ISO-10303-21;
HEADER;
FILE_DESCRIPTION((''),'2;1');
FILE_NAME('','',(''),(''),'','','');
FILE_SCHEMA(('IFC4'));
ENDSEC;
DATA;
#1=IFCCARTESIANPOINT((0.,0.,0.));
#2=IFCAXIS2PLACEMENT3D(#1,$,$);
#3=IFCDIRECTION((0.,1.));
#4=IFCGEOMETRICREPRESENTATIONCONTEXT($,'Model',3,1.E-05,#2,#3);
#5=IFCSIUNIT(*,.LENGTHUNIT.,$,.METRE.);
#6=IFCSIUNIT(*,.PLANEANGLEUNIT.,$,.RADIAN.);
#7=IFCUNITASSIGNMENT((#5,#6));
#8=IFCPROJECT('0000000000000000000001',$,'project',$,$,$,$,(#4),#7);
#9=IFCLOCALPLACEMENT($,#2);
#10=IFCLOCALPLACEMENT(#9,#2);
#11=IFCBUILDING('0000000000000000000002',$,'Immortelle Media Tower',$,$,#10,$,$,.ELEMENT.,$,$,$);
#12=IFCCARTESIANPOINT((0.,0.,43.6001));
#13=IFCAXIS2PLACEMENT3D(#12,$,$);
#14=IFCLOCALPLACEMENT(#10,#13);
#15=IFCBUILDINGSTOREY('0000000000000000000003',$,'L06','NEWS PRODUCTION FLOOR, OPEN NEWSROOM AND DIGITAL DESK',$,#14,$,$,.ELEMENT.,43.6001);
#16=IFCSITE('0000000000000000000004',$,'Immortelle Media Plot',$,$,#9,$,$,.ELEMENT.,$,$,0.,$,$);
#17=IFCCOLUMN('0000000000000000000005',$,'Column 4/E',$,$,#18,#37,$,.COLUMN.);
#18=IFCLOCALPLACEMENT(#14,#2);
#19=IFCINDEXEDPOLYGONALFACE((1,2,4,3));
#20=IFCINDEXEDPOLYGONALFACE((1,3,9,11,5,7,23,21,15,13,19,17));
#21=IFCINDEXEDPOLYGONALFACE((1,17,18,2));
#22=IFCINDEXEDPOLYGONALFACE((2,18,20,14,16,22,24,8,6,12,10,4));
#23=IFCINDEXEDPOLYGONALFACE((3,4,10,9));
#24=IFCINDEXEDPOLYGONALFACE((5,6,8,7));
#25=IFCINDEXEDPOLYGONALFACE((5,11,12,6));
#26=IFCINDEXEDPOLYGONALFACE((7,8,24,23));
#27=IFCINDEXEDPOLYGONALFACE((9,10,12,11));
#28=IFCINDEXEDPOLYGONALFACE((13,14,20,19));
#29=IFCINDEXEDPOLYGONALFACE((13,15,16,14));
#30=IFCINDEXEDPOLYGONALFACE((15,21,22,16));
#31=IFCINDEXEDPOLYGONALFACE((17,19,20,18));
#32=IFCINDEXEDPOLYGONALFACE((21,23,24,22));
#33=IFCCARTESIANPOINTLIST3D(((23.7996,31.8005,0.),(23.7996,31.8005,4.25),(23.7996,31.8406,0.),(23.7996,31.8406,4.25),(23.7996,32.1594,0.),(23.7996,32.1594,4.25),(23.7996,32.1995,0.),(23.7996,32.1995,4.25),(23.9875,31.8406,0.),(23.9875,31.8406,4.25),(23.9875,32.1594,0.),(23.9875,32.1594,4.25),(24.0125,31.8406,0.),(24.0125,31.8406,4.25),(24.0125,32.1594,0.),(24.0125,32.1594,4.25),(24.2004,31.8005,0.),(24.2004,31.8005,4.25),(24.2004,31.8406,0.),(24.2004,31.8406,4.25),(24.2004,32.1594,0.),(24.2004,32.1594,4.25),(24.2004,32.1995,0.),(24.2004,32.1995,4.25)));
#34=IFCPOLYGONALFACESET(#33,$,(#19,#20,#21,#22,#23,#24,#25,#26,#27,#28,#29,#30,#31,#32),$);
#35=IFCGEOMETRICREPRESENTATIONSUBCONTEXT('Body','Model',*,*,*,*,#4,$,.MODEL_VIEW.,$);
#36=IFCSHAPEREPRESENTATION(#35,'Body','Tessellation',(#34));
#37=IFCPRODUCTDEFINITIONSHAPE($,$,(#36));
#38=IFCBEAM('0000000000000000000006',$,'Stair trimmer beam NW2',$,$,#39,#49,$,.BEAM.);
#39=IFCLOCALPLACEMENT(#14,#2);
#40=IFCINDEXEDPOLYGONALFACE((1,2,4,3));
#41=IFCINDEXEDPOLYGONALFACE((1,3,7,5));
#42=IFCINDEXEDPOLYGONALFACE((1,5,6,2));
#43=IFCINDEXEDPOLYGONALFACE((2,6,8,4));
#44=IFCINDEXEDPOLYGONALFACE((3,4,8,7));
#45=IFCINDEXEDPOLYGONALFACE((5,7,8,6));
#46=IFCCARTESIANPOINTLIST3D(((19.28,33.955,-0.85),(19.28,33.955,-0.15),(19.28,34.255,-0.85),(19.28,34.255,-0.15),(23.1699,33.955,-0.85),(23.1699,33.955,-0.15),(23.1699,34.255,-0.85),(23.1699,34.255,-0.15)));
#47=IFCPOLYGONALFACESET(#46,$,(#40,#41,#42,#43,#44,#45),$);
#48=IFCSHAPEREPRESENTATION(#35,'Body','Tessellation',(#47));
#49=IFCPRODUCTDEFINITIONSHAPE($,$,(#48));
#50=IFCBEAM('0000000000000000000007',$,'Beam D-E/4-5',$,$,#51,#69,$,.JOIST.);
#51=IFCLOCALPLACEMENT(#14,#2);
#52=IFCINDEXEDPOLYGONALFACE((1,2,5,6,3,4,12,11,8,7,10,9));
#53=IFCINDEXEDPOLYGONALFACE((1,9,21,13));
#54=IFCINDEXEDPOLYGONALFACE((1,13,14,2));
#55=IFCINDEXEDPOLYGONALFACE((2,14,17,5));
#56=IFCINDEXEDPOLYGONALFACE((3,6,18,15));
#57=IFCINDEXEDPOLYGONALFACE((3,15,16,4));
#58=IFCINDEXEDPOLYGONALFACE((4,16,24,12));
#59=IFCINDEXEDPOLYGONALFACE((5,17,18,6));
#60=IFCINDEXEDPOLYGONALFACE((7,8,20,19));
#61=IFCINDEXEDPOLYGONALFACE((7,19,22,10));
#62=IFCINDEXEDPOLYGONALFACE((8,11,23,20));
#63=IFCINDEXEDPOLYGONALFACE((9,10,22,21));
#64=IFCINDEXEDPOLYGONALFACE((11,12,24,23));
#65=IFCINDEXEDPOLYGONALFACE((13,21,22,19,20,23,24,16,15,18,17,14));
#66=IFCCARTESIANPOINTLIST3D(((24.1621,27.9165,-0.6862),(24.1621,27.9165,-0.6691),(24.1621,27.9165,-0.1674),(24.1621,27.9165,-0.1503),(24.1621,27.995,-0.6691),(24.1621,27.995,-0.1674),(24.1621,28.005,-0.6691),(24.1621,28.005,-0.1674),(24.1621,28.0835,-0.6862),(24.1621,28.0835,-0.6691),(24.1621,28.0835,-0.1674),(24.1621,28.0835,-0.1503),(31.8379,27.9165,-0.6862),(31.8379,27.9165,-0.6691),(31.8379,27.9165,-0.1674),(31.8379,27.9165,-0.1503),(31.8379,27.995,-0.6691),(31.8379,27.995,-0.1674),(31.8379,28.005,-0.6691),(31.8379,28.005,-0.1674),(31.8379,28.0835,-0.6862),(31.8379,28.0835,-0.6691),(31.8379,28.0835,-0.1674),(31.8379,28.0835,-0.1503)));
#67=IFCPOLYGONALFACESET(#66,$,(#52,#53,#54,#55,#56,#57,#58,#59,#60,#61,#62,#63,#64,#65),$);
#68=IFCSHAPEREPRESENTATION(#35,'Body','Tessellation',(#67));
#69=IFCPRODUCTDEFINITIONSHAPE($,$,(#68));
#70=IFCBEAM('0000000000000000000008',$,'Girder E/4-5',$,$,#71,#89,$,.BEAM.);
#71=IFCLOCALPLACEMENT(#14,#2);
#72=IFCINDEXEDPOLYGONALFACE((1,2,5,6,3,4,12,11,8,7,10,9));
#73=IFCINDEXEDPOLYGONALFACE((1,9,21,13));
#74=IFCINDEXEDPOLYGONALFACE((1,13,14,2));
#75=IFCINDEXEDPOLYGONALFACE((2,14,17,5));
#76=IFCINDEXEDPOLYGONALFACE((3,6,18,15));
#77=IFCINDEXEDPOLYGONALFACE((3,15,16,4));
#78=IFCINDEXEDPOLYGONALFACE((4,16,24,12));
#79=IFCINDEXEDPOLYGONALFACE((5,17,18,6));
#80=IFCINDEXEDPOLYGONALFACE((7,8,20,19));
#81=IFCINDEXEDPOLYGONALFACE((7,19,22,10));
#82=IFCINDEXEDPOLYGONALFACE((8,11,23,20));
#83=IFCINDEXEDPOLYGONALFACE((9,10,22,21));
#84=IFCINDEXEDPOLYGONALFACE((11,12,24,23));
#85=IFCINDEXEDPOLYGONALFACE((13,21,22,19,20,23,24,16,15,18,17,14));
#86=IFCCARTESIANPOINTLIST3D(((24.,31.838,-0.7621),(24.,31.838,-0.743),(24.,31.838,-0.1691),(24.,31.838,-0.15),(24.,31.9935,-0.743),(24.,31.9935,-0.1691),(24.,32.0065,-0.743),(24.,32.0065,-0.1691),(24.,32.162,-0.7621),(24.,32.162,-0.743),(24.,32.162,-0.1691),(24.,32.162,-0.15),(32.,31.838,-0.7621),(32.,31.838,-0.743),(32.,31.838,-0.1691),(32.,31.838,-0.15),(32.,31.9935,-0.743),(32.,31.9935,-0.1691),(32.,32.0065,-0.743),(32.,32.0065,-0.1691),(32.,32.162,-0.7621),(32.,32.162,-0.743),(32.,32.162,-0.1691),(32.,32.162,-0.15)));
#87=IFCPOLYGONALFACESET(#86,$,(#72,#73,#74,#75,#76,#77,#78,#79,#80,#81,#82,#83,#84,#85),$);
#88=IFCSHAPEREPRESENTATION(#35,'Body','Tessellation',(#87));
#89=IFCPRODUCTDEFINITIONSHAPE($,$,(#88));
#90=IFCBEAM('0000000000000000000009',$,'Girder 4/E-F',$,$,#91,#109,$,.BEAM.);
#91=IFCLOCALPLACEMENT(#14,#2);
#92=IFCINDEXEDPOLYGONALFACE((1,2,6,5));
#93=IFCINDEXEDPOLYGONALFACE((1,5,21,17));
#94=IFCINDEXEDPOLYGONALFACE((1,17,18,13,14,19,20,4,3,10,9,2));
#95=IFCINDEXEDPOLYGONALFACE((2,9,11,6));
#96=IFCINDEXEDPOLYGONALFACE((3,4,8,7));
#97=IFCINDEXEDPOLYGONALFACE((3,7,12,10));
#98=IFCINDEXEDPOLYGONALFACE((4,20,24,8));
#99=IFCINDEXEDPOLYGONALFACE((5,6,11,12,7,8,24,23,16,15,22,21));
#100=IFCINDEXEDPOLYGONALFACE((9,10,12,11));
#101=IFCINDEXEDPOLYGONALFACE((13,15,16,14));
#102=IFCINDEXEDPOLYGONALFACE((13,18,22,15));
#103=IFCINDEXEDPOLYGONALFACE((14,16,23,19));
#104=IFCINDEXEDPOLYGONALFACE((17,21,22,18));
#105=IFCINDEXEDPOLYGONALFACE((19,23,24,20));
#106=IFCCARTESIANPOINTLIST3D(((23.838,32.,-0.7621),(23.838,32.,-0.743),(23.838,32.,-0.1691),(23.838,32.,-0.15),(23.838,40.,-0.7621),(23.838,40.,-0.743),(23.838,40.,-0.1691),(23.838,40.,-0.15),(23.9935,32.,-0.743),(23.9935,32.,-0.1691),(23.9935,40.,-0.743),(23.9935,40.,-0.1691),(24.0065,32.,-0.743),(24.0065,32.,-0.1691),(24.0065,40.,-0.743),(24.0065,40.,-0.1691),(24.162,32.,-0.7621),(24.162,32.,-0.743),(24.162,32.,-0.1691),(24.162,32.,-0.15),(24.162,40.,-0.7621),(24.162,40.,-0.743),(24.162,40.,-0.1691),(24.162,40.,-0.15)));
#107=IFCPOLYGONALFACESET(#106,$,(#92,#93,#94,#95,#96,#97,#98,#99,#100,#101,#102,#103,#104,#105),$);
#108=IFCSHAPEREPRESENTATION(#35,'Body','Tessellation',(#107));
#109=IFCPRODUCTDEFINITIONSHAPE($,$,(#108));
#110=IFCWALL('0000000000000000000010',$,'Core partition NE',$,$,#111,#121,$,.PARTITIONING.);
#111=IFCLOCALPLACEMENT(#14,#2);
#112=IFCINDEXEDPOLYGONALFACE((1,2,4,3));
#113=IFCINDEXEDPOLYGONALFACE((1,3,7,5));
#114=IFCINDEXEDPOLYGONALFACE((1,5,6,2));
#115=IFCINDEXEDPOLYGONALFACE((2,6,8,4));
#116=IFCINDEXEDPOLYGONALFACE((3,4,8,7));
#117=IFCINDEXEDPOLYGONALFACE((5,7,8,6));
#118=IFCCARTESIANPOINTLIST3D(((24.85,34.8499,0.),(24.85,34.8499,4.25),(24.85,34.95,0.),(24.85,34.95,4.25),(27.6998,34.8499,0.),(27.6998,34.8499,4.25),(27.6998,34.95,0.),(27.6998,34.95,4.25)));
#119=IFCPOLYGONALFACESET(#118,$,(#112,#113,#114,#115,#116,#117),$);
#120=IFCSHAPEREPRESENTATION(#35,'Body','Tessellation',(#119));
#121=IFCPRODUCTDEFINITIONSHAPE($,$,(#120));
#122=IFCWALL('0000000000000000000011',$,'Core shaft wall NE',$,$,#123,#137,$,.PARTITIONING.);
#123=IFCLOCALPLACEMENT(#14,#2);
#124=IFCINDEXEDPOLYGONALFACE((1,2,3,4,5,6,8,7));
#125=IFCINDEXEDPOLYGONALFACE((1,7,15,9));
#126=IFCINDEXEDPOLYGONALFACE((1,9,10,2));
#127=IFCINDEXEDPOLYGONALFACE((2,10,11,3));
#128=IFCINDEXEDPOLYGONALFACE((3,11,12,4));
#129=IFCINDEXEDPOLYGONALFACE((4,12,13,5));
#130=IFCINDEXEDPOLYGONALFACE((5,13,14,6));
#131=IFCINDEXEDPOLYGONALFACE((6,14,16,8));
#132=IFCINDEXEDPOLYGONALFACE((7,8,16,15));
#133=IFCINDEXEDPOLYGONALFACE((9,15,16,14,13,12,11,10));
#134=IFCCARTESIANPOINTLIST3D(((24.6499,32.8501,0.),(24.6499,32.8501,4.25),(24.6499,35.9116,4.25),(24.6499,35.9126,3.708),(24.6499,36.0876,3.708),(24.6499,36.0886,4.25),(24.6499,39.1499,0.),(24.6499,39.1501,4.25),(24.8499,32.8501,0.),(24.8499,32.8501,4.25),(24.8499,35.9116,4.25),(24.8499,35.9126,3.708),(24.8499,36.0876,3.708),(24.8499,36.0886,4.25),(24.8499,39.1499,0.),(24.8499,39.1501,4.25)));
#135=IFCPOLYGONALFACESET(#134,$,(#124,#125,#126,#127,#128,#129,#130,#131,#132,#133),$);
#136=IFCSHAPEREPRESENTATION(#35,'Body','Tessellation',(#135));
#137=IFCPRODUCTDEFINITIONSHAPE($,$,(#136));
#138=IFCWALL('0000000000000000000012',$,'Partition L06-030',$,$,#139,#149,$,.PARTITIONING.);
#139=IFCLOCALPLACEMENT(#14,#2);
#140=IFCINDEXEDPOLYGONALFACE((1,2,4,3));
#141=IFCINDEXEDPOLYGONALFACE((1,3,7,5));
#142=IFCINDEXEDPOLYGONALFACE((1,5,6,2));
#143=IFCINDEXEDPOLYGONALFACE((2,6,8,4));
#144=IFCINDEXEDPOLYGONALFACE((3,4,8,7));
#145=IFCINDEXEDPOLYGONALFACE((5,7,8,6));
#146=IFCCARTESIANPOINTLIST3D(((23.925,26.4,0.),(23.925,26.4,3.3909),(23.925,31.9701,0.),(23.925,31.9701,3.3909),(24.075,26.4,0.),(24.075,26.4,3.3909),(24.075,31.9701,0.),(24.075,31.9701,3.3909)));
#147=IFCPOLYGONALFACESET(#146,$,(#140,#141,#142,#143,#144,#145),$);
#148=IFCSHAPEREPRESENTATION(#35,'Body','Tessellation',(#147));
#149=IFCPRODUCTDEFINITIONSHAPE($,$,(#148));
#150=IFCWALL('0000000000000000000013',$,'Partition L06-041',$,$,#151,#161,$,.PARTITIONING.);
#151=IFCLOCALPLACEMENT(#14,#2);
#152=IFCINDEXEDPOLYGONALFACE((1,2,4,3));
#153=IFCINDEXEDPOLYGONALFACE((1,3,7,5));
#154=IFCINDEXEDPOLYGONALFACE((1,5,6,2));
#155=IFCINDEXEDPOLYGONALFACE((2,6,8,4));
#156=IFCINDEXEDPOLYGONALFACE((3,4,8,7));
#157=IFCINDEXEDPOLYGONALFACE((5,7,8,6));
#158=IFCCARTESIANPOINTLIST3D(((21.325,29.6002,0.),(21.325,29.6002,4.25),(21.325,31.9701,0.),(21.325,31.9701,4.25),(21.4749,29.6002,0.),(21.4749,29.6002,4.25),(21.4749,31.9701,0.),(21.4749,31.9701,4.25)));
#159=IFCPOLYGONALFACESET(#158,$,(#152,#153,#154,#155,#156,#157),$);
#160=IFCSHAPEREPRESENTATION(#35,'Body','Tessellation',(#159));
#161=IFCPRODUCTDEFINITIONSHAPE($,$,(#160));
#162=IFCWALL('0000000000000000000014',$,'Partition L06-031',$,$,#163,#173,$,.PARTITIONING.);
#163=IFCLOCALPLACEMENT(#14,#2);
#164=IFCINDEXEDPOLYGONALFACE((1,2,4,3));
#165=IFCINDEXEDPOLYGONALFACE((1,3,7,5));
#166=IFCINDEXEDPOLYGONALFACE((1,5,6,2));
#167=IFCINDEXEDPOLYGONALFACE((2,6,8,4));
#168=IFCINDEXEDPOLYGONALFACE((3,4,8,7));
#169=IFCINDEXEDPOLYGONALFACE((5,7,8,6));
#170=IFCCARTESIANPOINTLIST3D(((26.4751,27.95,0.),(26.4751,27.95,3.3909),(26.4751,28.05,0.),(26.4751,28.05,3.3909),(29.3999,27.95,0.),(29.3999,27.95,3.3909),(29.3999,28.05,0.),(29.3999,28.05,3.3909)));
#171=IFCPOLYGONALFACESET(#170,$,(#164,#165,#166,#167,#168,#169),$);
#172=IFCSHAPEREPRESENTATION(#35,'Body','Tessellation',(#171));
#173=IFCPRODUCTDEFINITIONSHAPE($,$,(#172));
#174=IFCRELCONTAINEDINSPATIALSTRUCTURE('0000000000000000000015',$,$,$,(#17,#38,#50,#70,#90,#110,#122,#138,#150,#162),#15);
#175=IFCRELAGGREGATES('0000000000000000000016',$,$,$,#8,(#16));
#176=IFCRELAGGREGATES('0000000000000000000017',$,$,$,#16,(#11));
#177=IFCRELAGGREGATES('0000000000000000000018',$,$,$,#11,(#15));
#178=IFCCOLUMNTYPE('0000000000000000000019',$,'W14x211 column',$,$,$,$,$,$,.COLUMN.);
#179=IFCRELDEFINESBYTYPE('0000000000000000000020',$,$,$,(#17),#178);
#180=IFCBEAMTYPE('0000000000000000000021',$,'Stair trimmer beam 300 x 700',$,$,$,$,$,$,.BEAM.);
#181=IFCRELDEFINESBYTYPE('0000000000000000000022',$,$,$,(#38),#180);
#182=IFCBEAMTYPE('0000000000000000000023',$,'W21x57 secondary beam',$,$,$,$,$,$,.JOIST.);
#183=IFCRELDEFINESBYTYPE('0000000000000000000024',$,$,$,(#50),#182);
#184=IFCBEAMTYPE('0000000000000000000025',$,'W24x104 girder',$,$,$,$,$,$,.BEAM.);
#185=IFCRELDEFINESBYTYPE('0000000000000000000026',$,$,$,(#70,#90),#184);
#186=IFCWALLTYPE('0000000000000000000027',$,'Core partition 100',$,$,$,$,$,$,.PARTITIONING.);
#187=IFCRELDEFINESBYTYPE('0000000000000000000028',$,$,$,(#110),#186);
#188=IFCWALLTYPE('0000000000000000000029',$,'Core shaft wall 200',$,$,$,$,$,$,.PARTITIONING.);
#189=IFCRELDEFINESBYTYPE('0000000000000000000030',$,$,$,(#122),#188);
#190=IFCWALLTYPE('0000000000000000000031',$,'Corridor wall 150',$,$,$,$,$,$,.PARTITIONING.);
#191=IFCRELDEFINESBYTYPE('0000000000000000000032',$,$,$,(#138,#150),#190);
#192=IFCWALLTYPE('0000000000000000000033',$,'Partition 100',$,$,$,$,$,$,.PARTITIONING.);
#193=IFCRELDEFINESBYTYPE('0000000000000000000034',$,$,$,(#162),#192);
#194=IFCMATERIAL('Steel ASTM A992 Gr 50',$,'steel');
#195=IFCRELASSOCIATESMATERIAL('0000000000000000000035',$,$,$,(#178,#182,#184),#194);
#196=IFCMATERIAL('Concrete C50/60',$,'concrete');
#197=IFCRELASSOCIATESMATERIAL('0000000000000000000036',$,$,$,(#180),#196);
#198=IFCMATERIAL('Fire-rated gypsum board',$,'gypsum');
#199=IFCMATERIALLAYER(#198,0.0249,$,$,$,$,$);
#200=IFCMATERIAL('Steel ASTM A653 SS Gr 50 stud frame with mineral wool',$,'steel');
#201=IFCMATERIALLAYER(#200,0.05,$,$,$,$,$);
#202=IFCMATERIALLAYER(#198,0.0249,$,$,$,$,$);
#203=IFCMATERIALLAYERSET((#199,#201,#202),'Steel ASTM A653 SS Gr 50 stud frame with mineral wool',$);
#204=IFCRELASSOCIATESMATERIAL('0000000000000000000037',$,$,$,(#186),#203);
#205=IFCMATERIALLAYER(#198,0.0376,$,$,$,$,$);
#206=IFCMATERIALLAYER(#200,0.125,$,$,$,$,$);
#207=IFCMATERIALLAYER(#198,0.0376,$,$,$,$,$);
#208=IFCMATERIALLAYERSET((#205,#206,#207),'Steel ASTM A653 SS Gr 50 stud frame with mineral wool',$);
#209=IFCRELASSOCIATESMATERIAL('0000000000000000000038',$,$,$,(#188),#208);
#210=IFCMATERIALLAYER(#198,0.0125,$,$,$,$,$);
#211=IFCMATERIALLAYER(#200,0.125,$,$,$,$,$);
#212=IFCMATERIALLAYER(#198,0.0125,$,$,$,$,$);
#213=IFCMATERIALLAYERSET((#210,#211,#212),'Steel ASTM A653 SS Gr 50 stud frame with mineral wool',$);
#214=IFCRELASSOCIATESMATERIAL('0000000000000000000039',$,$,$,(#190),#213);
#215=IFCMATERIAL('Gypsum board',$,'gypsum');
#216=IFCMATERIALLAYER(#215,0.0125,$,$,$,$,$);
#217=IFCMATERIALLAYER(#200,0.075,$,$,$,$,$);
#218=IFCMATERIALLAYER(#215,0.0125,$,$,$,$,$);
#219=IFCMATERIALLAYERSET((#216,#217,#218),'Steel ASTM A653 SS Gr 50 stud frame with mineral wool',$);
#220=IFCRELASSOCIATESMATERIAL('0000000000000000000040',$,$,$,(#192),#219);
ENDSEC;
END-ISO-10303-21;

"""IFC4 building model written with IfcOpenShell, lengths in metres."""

from ifc_helpers import new_model, si_unit, direction, frame, frame_2d, origin, origin_2d, place, context, subcontext, project, spatial, polyline, rectangle, i_section, outline, extrude, material, layer, layer_set, material_profile, profile_set, type_object, element, save


model = new_model("IFC4")

# Units and contexts
model_context = context("Model", 3, precision=1e-05, world=origin(), true_north=direction((0.0, 1.0)))
body_context = subcontext(model_context, "Body", "Model", "MODEL_VIEW")
ifc_project = project(units=[si_unit("LENGTHUNIT", "METRE"), si_unit("PLANEANGLEUNIT", "RADIAN")], contexts=[model_context])

# Site, building, storey
site_placement = place(None, origin())
site = spatial("IfcSite", under=ifc_project, at=site_placement, Name="Immortelle Media Plot", CompositionType="ELEMENT", RefElevation=0.0)
building_placement = place(site_placement, origin())
building = spatial("IfcBuilding", under=site, at=building_placement, Name="Immortelle Media Tower", CompositionType="ELEMENT")
storey_placement = place(building_placement, frame((0.0, 0.0, 43.6001)))
storey = spatial("IfcBuildingStorey", under=building, at=storey_placement, Name="L06", Description="NEWS PRODUCTION FLOOR, OPEN NEWSROOM AND DIGITAL DESK", CompositionType="ELEMENT", Elevation=43.6001)

# Column
ifc_material_1 = material(Name="Steel ASTM A992 Gr 50", Category="steel")
ifc_material_profile_1 = material_profile(ifc_material_1, i_section(OverallWidth=0.4009, OverallDepth=0.3989, WebThickness=0.0249, FlangeThickness=0.04, at=origin_2d()), Name="W14x211")
ifc_profile_set_1 = profile_set([ifc_material_profile_1], Name="Steel ASTM A992 Gr 50")
column_type = type_object("IfcColumnType", Name="W14x211 column", PredefinedType="COLUMN", material=ifc_profile_set_1)
column_placement = place(storey_placement, frame((24.0, 32.0, 0.0), z_axis=(0.0, 0.0, 1.0), x_axis=(1.0, 0.0, 0.0)))
element("IfcColumn", 1, at=column_placement, inside=storey, type_object=column_type, Name="Column 4/E", PredefinedType="COLUMN", context=body_context, shape_type="SweptSolid", body=[
    extrude(i_section(OverallWidth=0.4009, OverallDepth=0.3989, WebThickness=0.0249, FlangeThickness=0.04, at=origin_2d()), origin(), (0.0, 0.0, 1.0), 4.25),
])

# Beams
ifc_material_2 = material(Name="Concrete C50/60", Category="concrete")
ifc_material_profile_2 = material_profile(ifc_material_2, rectangle(XDim=0.3, YDim=0.7, at=origin_2d()), Name="RC 300x700")
ifc_profile_set_2 = profile_set([ifc_material_profile_2], Name="Concrete C50/60")
beam_type_1 = type_object("IfcBeamType", Name="Stair trimmer beam 300 x 700", PredefinedType="BEAM", material=ifc_profile_set_2)
beam_1_placement = place(storey_placement, frame((19.28, 34.105, -0.5), z_axis=(1.0, 0.0, 0.0), x_axis=(0.0, 1.0, 0.0)))
element("IfcBeam", 2, at=beam_1_placement, inside=storey, type_object=beam_type_1, Name="Stair trimmer beam NW2", PredefinedType="BEAM", context=body_context, shape_type="SweptSolid", body=[
    extrude(rectangle(XDim=0.3, YDim=0.7, at=origin_2d()), origin(), (0.0, 0.0, 1.0), 3.8899),
])
ifc_material_profile_3 = material_profile(ifc_material_1, i_section(OverallWidth=0.167, OverallDepth=0.5359, WebThickness=0.01, FlangeThickness=0.0171, at=origin_2d()), Name="W21x57")
ifc_profile_set_3 = profile_set([ifc_material_profile_3], Name="Steel ASTM A992 Gr 50")
beam_type_2 = type_object("IfcBeamType", Name="W21x57 secondary beam", PredefinedType="JOIST", material=ifc_profile_set_3)
beam_2_placement = place(storey_placement, frame((24.1621, 28.0, -0.4182), z_axis=(1.0, 0.0, 0.0), x_axis=(0.0, 1.0, 0.0)))
element("IfcBeam", 3, at=beam_2_placement, inside=storey, type_object=beam_type_2, Name="Beam D-E/4-5", PredefinedType="JOIST", context=body_context, shape_type="SweptSolid", body=[
    extrude(i_section(OverallWidth=0.167, OverallDepth=0.5359, WebThickness=0.01, FlangeThickness=0.0171, at=origin_2d()), origin(), (0.0, 0.0, 1.0), 7.6758),
])
ifc_material_profile_4 = material_profile(ifc_material_1, i_section(OverallWidth=0.324, OverallDepth=0.6121, WebThickness=0.0129, FlangeThickness=0.019, at=origin_2d()), Name="W24x104")
ifc_profile_set_4 = profile_set([ifc_material_profile_4], Name="Steel ASTM A992 Gr 50")
beam_type_3 = type_object("IfcBeamType", Name="W24x104 girder", PredefinedType="BEAM", material=ifc_profile_set_4)
for number, where, z_axis, x_axis, name in (
    (4, (24.0, 32.0, -0.4561), (1.0, 0.0, 0.0), (0.0, 1.0, 0.0), "Girder E/4-5"),
    (5, (24.0, 32.0, -0.4561), (0.0, 1.0, 0.0), (-1.0, 0.0, 0.0), "Girder 4/E-F"),
):
    element("IfcBeam", number, at=place(storey_placement, frame(where, z_axis=z_axis, x_axis=x_axis)), inside=storey, type_object=beam_type_3, Name=name, PredefinedType="BEAM", context=body_context, shape_type="SweptSolid", body=[
        extrude(i_section(OverallWidth=0.324, OverallDepth=0.6121, WebThickness=0.0129, FlangeThickness=0.019, at=origin_2d()), origin(), (0.0, 0.0, 1.0), 8.0),
    ])

# Walls
ifc_material_3 = material(Name="Fire-rated gypsum board", Category="gypsum")
ifc_layer_1 = layer(ifc_material_3, 0.0249)
ifc_material_4 = material(Name="Steel ASTM A653 SS Gr 50 stud frame with mineral wool", Category="steel")
ifc_layer_2 = layer(ifc_material_4, 0.05)
ifc_layer_3 = layer(ifc_material_3, 0.0249)
ifc_layer_set_1 = layer_set([ifc_layer_1, ifc_layer_2, ifc_layer_3], Name="Steel ASTM A653 SS Gr 50 stud frame with mineral wool")
wall_type_1 = type_object("IfcWallType", Name="Core partition 100", PredefinedType="PARTITIONING", material=ifc_layer_set_1)
wall_1_placement = place(storey_placement, frame((24.8501, 34.8999, 0.0), z_axis=(0.0, 0.0, 1.0), x_axis=(1.0, 0.0, 0.0)))
element("IfcWall", 6, at=wall_1_placement, inside=storey, type_object=wall_type_1, Name="Core partition NE", PredefinedType="PARTITIONING", context=body_context, shape_type="SweptSolid", body=[
    extrude(rectangle(XDim=2.8499, YDim=0.1001, at=frame_2d((1.4248, 0.0))), origin(), (0.0, 0.0, 1.0), 4.25),
])
ifc_layer_4 = layer(ifc_material_3, 0.0376)
ifc_layer_5 = layer(ifc_material_4, 0.125)
ifc_layer_6 = layer(ifc_material_3, 0.0376)
ifc_layer_set_2 = layer_set([ifc_layer_4, ifc_layer_5, ifc_layer_6], Name="Steel ASTM A653 SS Gr 50 stud frame with mineral wool")
wall_type_2 = type_object("IfcWallType", Name="Core shaft wall 200", PredefinedType="PARTITIONING", material=ifc_layer_set_2)
wall_2_placement = place(storey_placement, frame((24.75, 32.8501, 0.0), z_axis=(0.0, 0.0, 1.0), x_axis=(0.0, 1.0, 0.0)))
element("IfcWall", 7, at=wall_2_placement, inside=storey, type_object=wall_type_2, Name="Core shaft wall NE", PredefinedType="PARTITIONING", context=body_context, shape_type="SweptSolid", body=[
    extrude(outline(polyline([(0.0, 0.0), (6.2998, 0.0), (6.3, 4.25), (3.2385, 4.25), (3.2375, 3.708), (3.0625, 3.708), (3.0615, 4.25), (0.0, 4.25), (0.0, 0.0)])), frame((0.0, 0.1001, 0.0), z_axis=(0.0, -1.0, 0.0), x_axis=(1.0, 0.0, 0.0)), (0.0, 0.0, 1.0), 0.2),
])
ifc_layer_7 = layer(ifc_material_3, 0.0125)
ifc_layer_8 = layer(ifc_material_4, 0.125)
ifc_layer_9 = layer(ifc_material_3, 0.0125)
ifc_layer_set_3 = layer_set([ifc_layer_7, ifc_layer_8, ifc_layer_9], Name="Steel ASTM A653 SS Gr 50 stud frame with mineral wool")
wall_type_3 = type_object("IfcWallType", Name="Corridor wall 150", PredefinedType="PARTITIONING", material=ifc_layer_set_3)
wall_3_placement = place(storey_placement, frame((24.0, 26.3999, 0.0), z_axis=(0.0, 0.0, 1.0), x_axis=(0.0, 1.0, 0.0)))
element("IfcWall", 8, at=wall_3_placement, inside=storey, type_object=wall_type_3, Name="Partition L06-030", PredefinedType="PARTITIONING", context=body_context, shape_type="SweptSolid", body=[
    extrude(rectangle(XDim=5.5701, YDim=0.1499, at=frame_2d((2.7852, 0.0))), origin(), (0.0, 0.0, 1.0), 3.3909),
])
wall_4_placement = place(storey_placement, frame((21.3999, 29.6001, 0.0), z_axis=(0.0, 0.0, 1.0), x_axis=(0.0, 1.0, 0.0)))
element("IfcWall", 9, at=wall_4_placement, inside=storey, type_object=wall_type_3, Name="Partition L06-041", PredefinedType="PARTITIONING", context=body_context, shape_type="SweptSolid", body=[
    extrude(rectangle(XDim=2.3699, YDim=0.1499, at=frame_2d((1.1851, 0.0))), origin(), (0.0, 0.0, 1.0), 4.25),
])
ifc_material_5 = material(Name="Gypsum board", Category="gypsum")
ifc_layer_10 = layer(ifc_material_5, 0.0125)
ifc_layer_11 = layer(ifc_material_4, 0.075)
ifc_layer_12 = layer(ifc_material_5, 0.0125)
ifc_layer_set_4 = layer_set([ifc_layer_10, ifc_layer_11, ifc_layer_12], Name="Steel ASTM A653 SS Gr 50 stud frame with mineral wool")
wall_type_4 = type_object("IfcWallType", Name="Partition 100", PredefinedType="PARTITIONING", material=ifc_layer_set_4)
wall_5_placement = place(storey_placement, frame((26.4751, 28.0, 0.0), z_axis=(0.0, 0.0, 1.0), x_axis=(1.0, 0.0, 0.0)))
element("IfcWall", 10, at=wall_5_placement, inside=storey, type_object=wall_type_4, Name="Partition L06-031", PredefinedType="PARTITIONING", context=body_context, shape_type="SweptSolid", body=[
    extrude(rectangle(XDim=2.9248, YDim=0.1001, at=frame_2d((1.4624, 0.0))), origin(), (0.0, 0.0, 1.0), 3.3909),
])

save(model, "model.ifc")
